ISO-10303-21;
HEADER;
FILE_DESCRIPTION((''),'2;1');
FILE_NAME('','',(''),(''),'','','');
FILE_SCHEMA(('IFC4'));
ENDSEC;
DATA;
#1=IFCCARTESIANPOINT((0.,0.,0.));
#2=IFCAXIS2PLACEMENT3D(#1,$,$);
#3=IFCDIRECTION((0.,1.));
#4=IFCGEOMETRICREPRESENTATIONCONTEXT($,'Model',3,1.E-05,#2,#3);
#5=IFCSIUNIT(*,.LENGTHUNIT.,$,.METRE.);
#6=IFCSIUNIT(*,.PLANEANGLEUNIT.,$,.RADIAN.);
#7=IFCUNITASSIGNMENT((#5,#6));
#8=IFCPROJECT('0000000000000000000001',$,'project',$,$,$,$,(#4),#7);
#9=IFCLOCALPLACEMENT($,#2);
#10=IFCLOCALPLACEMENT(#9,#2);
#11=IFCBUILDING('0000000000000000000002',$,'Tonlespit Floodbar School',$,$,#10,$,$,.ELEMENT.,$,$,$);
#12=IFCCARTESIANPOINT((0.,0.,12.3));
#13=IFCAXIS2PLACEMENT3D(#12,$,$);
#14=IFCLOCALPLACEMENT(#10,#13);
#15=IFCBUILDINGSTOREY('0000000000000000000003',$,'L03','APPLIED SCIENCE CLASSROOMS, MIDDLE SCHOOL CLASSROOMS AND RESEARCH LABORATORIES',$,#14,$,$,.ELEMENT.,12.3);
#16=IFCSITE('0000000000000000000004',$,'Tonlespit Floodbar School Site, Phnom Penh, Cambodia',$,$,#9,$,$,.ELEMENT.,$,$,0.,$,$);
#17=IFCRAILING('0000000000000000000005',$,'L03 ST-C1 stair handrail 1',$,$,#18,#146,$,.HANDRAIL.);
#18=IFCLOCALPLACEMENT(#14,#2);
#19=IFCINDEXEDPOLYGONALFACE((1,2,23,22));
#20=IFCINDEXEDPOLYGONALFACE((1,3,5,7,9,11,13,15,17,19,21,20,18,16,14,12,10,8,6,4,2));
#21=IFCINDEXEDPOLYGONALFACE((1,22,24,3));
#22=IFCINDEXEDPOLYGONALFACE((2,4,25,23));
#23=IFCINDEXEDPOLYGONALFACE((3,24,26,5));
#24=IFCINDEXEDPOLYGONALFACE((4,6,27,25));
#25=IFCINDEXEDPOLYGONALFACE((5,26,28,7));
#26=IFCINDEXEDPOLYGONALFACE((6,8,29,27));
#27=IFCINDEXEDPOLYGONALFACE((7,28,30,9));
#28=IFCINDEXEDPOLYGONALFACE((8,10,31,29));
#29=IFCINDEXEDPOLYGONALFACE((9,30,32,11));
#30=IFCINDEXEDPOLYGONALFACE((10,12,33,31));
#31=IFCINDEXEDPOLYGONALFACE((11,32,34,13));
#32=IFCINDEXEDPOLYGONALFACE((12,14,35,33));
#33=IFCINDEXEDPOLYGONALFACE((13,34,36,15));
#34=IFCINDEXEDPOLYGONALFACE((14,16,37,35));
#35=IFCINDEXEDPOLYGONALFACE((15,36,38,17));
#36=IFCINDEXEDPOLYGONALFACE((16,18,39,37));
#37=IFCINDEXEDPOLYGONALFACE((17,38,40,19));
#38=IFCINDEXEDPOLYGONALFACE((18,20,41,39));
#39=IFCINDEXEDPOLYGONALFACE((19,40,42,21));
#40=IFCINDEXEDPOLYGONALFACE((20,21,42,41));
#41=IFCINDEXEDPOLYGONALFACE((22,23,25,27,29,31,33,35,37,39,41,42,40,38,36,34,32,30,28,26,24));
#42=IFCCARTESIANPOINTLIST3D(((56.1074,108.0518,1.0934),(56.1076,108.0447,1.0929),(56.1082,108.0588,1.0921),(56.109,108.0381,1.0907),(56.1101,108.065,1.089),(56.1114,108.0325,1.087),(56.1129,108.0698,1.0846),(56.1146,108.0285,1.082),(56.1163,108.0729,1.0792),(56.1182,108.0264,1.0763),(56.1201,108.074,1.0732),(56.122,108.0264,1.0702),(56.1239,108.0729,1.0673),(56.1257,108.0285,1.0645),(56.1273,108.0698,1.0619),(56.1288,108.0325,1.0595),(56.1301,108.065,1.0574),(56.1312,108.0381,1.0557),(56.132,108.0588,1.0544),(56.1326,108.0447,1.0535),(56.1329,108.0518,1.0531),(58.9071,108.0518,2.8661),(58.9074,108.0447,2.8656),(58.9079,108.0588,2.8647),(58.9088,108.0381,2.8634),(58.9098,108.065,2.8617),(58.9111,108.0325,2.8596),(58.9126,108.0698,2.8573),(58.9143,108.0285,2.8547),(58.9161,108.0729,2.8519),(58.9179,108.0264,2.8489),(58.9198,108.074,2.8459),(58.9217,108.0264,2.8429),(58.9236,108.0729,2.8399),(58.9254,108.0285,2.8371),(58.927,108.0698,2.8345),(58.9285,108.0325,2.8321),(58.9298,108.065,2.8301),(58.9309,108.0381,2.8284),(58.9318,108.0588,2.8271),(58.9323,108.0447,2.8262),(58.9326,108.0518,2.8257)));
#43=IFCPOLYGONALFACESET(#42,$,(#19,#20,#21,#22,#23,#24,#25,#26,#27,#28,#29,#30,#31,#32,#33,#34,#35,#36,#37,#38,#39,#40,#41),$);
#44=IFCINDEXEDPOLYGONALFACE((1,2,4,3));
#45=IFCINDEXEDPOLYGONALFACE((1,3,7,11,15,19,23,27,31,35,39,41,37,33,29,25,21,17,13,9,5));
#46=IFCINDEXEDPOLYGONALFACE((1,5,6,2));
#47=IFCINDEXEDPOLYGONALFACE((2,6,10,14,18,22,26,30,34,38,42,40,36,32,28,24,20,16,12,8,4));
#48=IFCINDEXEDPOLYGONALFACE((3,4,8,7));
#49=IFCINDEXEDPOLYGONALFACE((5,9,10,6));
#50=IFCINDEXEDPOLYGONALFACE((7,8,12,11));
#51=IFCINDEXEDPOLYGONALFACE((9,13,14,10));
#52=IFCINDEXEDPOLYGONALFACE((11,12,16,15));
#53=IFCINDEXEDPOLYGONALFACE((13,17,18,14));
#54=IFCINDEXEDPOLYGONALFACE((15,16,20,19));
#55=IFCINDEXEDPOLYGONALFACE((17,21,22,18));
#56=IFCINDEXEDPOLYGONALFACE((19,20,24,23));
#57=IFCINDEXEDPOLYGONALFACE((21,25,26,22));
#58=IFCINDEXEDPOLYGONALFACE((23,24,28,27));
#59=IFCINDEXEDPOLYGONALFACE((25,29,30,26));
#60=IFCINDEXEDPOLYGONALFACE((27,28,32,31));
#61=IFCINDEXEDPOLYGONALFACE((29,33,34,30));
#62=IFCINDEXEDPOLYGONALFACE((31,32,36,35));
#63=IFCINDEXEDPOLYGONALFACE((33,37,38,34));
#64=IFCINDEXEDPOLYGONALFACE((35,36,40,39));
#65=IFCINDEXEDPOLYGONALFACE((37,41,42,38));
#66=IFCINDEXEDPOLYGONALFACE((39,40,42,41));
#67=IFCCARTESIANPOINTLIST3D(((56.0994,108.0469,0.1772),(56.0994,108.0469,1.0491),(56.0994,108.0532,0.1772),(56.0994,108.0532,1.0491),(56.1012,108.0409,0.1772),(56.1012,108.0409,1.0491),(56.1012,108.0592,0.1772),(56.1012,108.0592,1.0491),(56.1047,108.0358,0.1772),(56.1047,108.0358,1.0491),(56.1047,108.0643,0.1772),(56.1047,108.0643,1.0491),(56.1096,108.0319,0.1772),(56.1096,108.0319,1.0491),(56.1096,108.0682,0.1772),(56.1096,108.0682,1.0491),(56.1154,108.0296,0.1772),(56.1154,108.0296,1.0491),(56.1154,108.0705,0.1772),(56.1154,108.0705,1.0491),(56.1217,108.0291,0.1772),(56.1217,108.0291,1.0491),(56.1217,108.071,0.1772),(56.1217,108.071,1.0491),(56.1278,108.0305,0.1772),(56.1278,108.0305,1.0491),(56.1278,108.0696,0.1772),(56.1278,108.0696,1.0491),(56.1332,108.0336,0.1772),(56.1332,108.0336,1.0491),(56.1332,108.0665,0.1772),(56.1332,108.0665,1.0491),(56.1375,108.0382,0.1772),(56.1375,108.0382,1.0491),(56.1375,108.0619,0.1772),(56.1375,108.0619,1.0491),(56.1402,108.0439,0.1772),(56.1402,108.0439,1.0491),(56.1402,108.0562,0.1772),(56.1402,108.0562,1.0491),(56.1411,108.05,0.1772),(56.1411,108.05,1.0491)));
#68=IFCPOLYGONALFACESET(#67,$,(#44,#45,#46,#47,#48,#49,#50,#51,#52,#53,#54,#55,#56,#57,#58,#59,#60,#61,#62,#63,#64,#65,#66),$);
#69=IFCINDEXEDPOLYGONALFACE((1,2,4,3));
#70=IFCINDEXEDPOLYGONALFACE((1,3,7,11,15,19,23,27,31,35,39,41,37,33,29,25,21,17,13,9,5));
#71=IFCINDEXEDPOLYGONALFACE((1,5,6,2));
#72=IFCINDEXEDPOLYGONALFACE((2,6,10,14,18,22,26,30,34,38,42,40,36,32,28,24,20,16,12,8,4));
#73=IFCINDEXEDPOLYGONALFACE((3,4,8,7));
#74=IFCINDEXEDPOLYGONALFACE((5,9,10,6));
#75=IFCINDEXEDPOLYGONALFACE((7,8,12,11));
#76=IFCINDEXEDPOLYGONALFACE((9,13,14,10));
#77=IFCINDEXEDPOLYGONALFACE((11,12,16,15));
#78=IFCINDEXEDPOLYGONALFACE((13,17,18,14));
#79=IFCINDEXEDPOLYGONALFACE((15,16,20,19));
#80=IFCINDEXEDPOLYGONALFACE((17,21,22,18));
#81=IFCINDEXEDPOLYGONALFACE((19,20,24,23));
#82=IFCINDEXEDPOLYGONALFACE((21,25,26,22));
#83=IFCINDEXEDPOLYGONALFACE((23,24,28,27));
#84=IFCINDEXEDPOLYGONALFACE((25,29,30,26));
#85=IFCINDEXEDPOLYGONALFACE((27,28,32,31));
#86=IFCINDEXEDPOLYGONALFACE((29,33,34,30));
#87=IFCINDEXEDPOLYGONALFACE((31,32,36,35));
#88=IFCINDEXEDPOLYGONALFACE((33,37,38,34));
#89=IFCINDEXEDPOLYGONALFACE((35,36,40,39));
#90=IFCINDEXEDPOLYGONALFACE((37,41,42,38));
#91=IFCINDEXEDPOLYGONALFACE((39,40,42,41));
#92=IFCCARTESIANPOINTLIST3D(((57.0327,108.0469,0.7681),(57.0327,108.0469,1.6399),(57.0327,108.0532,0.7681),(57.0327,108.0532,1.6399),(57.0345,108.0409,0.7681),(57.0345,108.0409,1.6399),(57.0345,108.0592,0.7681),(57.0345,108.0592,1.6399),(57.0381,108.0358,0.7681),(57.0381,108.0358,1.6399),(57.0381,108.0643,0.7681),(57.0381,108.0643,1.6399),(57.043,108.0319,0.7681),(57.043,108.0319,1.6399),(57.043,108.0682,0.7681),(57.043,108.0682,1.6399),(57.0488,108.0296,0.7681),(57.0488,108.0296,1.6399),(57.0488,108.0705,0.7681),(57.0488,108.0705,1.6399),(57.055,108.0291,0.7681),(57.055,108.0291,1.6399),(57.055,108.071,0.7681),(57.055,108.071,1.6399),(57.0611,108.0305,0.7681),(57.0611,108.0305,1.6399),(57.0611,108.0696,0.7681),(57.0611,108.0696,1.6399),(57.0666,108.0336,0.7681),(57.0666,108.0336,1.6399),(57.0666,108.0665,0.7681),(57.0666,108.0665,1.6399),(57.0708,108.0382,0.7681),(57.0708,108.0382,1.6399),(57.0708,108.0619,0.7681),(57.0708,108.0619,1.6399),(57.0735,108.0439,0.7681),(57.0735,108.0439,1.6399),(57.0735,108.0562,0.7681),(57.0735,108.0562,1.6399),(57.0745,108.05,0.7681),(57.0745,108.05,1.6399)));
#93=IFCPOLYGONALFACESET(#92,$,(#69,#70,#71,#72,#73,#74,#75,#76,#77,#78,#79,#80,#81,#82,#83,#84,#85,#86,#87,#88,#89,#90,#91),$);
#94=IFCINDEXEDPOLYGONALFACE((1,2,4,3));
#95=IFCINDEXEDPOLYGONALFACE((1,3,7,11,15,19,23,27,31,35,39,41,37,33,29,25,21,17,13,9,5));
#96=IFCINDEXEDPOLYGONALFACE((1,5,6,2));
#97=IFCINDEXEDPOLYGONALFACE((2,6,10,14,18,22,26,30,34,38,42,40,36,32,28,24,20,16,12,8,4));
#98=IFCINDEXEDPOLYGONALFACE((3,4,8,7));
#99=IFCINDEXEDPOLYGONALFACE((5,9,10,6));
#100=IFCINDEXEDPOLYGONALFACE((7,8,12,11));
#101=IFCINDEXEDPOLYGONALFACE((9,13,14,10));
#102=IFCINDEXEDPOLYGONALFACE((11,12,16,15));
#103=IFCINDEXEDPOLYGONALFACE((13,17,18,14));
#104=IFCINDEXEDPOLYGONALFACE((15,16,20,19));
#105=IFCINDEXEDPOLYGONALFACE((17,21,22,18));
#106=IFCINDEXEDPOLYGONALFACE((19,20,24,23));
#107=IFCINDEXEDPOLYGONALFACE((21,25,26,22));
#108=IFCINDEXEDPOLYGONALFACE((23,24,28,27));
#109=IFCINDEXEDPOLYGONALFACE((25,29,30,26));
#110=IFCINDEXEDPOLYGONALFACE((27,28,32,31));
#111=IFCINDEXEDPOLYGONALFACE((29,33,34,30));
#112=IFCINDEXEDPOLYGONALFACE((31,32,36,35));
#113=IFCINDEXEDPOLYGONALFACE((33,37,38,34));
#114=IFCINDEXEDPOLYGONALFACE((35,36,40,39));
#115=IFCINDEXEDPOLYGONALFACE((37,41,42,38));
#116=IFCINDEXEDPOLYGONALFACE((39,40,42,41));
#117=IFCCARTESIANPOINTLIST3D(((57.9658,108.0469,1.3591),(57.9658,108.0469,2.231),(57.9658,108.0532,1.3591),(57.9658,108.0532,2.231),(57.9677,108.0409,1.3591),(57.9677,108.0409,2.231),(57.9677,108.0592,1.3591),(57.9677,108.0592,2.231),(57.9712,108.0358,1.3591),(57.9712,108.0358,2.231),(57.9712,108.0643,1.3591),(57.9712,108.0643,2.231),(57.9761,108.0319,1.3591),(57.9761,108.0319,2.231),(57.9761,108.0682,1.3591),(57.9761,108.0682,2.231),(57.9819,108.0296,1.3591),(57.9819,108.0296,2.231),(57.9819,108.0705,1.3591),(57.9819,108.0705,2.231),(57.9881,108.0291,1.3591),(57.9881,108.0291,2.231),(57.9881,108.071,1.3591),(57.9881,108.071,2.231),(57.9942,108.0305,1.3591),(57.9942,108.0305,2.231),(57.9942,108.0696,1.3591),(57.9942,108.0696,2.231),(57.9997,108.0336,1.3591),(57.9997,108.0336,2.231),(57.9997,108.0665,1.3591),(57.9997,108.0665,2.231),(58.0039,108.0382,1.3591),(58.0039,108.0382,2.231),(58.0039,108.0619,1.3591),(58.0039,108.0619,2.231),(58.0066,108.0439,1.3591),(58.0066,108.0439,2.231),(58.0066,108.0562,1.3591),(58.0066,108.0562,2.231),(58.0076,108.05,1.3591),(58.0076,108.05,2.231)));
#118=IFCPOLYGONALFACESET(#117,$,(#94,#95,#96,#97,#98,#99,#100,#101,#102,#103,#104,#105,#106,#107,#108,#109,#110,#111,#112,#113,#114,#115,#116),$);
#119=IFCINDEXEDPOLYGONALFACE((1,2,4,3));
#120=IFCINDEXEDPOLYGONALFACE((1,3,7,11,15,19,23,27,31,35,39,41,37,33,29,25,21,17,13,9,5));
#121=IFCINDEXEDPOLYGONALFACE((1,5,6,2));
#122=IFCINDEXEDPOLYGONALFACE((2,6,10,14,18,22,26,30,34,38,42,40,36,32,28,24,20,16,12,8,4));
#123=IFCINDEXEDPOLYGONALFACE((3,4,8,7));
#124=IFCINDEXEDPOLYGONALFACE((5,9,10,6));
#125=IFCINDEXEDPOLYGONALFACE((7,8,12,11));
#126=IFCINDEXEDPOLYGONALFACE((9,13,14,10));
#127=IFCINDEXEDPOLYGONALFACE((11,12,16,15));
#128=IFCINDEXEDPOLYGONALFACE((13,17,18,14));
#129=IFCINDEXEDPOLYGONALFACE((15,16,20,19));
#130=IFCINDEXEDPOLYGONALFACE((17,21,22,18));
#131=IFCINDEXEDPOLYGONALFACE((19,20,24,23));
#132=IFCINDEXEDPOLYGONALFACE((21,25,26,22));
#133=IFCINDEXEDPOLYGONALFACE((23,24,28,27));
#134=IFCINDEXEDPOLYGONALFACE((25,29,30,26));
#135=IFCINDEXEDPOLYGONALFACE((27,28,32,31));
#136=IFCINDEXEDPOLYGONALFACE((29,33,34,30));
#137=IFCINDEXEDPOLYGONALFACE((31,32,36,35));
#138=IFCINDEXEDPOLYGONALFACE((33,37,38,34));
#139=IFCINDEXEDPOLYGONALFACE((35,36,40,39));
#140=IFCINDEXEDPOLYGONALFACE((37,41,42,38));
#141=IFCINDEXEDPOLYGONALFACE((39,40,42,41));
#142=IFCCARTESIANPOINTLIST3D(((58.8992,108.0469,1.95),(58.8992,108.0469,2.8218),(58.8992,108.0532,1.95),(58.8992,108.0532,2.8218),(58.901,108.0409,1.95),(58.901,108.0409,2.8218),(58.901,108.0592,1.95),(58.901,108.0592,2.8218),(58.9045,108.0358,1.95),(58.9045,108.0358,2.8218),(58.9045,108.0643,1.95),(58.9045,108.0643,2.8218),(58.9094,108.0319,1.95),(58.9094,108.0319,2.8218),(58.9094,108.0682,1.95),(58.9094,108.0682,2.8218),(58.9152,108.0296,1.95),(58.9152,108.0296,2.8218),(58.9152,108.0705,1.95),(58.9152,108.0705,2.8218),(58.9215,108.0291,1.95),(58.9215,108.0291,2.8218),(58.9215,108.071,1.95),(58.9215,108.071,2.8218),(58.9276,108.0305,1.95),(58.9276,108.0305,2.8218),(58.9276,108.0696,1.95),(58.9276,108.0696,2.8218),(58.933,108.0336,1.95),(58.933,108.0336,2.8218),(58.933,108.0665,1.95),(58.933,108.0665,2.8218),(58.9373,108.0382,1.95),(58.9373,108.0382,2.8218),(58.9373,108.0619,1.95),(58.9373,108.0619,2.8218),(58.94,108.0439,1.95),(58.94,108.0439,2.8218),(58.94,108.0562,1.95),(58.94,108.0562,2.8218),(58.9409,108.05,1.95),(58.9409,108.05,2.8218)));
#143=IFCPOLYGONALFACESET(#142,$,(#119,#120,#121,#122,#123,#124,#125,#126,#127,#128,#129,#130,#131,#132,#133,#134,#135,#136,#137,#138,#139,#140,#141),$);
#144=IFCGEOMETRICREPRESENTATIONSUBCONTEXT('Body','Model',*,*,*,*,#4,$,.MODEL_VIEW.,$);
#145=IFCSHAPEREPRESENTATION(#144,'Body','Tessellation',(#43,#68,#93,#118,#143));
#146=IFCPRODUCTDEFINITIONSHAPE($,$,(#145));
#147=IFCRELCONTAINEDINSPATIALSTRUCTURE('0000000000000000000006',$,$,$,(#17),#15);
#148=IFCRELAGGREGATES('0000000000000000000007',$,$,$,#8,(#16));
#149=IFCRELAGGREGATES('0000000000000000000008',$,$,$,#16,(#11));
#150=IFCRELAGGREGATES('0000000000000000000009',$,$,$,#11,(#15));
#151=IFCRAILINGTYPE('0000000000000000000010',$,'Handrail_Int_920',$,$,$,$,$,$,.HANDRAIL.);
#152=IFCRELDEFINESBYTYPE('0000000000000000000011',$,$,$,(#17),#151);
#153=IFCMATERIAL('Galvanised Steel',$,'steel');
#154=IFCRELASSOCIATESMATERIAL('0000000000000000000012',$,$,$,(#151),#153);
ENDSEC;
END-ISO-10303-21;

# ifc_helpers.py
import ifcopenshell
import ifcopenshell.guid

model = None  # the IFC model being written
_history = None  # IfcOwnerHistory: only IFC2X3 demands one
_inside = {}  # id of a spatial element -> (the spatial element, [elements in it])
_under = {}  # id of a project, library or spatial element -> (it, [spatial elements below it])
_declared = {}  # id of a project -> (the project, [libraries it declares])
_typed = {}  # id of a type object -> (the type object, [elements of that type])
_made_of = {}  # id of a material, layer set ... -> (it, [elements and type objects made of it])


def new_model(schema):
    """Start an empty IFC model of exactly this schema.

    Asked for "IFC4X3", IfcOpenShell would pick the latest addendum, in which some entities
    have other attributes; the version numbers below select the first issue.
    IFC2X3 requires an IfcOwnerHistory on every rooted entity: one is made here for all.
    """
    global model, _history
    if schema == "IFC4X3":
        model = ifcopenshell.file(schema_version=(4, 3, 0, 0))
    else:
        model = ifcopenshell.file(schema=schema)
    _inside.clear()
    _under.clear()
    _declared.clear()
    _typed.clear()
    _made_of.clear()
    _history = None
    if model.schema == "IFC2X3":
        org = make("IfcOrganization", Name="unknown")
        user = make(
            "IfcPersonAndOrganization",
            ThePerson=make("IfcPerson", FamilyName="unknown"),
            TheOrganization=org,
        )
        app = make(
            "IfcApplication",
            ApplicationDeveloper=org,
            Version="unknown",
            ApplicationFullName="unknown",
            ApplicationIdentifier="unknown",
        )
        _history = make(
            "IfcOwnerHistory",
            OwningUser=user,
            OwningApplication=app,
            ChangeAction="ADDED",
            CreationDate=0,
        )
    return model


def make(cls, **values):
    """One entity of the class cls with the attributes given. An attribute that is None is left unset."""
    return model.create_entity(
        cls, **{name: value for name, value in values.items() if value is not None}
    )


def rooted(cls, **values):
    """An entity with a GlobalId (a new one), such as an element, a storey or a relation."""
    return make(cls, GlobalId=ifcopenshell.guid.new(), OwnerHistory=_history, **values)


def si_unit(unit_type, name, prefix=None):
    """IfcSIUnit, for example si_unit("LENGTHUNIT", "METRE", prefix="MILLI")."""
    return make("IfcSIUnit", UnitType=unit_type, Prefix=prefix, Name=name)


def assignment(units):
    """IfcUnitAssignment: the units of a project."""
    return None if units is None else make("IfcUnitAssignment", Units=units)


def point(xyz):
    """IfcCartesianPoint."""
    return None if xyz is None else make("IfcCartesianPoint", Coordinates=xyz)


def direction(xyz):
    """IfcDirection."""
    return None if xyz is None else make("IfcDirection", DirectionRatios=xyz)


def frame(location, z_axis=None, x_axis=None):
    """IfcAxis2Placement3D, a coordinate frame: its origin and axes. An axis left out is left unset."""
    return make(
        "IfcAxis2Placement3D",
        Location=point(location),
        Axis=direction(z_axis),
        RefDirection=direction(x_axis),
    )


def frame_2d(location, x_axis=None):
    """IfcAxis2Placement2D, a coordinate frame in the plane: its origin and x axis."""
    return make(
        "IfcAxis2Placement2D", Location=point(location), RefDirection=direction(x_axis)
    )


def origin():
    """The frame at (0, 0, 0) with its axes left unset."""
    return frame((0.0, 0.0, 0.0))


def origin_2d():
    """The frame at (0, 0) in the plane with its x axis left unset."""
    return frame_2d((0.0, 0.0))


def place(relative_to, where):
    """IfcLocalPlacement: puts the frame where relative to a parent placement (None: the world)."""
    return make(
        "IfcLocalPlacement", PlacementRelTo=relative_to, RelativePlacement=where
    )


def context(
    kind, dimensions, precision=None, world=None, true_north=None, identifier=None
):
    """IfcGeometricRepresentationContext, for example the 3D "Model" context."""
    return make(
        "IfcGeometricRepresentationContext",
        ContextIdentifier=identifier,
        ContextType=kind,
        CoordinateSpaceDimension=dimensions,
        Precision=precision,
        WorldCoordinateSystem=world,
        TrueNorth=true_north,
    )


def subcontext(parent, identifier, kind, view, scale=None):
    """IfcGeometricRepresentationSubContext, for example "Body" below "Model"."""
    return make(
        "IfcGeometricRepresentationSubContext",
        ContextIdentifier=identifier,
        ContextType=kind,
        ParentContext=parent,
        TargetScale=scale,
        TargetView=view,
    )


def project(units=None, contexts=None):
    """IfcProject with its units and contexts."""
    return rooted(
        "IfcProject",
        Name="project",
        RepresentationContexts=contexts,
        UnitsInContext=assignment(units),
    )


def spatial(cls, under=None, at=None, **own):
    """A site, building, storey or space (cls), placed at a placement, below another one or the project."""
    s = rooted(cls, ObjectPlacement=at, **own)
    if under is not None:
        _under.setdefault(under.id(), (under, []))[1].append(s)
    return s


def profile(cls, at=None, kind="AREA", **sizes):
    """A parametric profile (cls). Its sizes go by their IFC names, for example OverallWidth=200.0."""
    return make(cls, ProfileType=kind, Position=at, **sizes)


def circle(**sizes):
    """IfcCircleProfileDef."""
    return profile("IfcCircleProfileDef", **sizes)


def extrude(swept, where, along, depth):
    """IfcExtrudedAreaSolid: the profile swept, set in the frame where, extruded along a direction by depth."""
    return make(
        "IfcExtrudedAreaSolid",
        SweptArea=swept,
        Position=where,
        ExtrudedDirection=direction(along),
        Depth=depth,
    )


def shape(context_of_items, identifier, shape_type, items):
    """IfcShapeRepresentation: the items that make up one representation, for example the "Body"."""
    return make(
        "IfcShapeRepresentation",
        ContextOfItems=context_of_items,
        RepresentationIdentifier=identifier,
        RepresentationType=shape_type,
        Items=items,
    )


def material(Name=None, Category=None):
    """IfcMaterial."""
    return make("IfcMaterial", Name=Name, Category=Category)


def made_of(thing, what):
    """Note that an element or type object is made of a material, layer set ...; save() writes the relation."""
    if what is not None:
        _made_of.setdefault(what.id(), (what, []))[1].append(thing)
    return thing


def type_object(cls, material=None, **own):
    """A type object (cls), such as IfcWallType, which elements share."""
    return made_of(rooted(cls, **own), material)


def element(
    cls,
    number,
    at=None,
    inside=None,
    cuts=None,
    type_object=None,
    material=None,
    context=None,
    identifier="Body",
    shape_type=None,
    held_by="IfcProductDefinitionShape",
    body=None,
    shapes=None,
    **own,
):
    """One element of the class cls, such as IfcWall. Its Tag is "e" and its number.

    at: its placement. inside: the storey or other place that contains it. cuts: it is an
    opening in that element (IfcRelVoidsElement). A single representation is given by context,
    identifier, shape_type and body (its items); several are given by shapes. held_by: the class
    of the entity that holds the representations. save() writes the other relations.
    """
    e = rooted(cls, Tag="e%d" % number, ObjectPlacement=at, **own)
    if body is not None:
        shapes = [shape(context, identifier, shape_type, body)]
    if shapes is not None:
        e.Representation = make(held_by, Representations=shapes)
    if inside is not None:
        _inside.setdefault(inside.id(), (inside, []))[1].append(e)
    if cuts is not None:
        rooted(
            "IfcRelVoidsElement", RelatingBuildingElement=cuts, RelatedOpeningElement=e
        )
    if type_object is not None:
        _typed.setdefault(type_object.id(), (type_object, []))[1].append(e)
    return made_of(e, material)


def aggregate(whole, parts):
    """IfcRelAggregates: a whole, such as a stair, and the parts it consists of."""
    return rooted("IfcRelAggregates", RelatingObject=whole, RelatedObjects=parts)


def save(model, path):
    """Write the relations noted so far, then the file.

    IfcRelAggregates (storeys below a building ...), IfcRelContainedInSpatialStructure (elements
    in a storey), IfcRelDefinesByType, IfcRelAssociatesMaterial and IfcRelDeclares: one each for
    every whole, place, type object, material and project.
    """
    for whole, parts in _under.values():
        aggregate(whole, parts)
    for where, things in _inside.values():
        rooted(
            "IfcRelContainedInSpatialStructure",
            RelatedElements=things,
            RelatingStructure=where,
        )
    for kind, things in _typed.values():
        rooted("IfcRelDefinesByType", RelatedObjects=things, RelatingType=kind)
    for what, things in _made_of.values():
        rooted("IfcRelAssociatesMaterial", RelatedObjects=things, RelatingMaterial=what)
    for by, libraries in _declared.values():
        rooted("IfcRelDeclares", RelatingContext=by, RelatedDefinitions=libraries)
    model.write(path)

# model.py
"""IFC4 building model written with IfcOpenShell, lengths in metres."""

from ifc_helpers import new_model, si_unit, direction, frame, origin, origin_2d, place, context, subcontext, project, spatial, circle, extrude, material, type_object, element, save


model = new_model("IFC4")

# Units and contexts
model_context = context("Model", 3, precision=1e-05, world=origin(), true_north=direction((0.0, 1.0)))
body_context = subcontext(model_context, "Body", "Model", "MODEL_VIEW")
ifc_project = project(units=[si_unit("LENGTHUNIT", "METRE"), si_unit("PLANEANGLEUNIT", "RADIAN")], contexts=[model_context])

# Site, building, storey
site_placement = place(None, origin())
site = spatial("IfcSite", under=ifc_project, at=site_placement, Name="Tonlespit Floodbar School Site, Phnom Penh, Cambodia", CompositionType="ELEMENT", RefElevation=0.0)
building_placement = place(site_placement, origin())
building = spatial("IfcBuilding", under=site, at=building_placement, Name="Tonlespit Floodbar School", CompositionType="ELEMENT")
storey_placement = place(building_placement, frame((0.0, 0.0, 12.3)))
storey = spatial("IfcBuildingStorey", under=building, at=storey_placement, Name="L03", Description="APPLIED SCIENCE CLASSROOMS, MIDDLE SCHOOL CLASSROOMS AND RESEARCH LABORATORIES", CompositionType="ELEMENT", Elevation=12.3)

# Shared definitions
ifc_material_1 = material(Name="Galvanised Steel", Category="steel")

# Railing
railing_type_1 = type_object("IfcRailingType", Name="Handrail_Int_920", PredefinedType="HANDRAIL", material=ifc_material_1)
railing_1_placement = place(storey_placement, frame((56.1201, 108.05, 0.1772)))
element("IfcRailing", 1, at=railing_1_placement, inside=storey, type_object=railing_type_1, Name="L03 ST-C1 stair handrail 1", PredefinedType="HANDRAIL", context=body_context, shape_type="SweptSolid", body=[
    extrude(circle(Radius=0.0239, at=origin_2d()), frame((0.0, 0.0, 0.896), z_axis=(0.844888, 0.0, 0.534943), x_axis=(0.0, 1.0, 0.0)), (0.0, 0.0, 1.0), 3.3137),
    extrude(circle(Radius=0.021, at=origin_2d()), origin(), (0.0, 0.0, 1.0), 0.8718),
    extrude(circle(Radius=0.021, at=origin_2d()), frame((0.9333, 0.0, 0.5908)), (0.0, 0.0, 1.0), 0.8718),
    extrude(circle(Radius=0.021, at=origin_2d()), frame((1.8665, 0.0, 1.1819)), (0.0, 0.0, 1.0), 0.8718),
    extrude(circle(Radius=0.021, at=origin_2d()), frame((2.7998, 0.0, 1.7727)), (0.0, 0.0, 1.0), 0.8718),
])

save(model, "model.ifc")
